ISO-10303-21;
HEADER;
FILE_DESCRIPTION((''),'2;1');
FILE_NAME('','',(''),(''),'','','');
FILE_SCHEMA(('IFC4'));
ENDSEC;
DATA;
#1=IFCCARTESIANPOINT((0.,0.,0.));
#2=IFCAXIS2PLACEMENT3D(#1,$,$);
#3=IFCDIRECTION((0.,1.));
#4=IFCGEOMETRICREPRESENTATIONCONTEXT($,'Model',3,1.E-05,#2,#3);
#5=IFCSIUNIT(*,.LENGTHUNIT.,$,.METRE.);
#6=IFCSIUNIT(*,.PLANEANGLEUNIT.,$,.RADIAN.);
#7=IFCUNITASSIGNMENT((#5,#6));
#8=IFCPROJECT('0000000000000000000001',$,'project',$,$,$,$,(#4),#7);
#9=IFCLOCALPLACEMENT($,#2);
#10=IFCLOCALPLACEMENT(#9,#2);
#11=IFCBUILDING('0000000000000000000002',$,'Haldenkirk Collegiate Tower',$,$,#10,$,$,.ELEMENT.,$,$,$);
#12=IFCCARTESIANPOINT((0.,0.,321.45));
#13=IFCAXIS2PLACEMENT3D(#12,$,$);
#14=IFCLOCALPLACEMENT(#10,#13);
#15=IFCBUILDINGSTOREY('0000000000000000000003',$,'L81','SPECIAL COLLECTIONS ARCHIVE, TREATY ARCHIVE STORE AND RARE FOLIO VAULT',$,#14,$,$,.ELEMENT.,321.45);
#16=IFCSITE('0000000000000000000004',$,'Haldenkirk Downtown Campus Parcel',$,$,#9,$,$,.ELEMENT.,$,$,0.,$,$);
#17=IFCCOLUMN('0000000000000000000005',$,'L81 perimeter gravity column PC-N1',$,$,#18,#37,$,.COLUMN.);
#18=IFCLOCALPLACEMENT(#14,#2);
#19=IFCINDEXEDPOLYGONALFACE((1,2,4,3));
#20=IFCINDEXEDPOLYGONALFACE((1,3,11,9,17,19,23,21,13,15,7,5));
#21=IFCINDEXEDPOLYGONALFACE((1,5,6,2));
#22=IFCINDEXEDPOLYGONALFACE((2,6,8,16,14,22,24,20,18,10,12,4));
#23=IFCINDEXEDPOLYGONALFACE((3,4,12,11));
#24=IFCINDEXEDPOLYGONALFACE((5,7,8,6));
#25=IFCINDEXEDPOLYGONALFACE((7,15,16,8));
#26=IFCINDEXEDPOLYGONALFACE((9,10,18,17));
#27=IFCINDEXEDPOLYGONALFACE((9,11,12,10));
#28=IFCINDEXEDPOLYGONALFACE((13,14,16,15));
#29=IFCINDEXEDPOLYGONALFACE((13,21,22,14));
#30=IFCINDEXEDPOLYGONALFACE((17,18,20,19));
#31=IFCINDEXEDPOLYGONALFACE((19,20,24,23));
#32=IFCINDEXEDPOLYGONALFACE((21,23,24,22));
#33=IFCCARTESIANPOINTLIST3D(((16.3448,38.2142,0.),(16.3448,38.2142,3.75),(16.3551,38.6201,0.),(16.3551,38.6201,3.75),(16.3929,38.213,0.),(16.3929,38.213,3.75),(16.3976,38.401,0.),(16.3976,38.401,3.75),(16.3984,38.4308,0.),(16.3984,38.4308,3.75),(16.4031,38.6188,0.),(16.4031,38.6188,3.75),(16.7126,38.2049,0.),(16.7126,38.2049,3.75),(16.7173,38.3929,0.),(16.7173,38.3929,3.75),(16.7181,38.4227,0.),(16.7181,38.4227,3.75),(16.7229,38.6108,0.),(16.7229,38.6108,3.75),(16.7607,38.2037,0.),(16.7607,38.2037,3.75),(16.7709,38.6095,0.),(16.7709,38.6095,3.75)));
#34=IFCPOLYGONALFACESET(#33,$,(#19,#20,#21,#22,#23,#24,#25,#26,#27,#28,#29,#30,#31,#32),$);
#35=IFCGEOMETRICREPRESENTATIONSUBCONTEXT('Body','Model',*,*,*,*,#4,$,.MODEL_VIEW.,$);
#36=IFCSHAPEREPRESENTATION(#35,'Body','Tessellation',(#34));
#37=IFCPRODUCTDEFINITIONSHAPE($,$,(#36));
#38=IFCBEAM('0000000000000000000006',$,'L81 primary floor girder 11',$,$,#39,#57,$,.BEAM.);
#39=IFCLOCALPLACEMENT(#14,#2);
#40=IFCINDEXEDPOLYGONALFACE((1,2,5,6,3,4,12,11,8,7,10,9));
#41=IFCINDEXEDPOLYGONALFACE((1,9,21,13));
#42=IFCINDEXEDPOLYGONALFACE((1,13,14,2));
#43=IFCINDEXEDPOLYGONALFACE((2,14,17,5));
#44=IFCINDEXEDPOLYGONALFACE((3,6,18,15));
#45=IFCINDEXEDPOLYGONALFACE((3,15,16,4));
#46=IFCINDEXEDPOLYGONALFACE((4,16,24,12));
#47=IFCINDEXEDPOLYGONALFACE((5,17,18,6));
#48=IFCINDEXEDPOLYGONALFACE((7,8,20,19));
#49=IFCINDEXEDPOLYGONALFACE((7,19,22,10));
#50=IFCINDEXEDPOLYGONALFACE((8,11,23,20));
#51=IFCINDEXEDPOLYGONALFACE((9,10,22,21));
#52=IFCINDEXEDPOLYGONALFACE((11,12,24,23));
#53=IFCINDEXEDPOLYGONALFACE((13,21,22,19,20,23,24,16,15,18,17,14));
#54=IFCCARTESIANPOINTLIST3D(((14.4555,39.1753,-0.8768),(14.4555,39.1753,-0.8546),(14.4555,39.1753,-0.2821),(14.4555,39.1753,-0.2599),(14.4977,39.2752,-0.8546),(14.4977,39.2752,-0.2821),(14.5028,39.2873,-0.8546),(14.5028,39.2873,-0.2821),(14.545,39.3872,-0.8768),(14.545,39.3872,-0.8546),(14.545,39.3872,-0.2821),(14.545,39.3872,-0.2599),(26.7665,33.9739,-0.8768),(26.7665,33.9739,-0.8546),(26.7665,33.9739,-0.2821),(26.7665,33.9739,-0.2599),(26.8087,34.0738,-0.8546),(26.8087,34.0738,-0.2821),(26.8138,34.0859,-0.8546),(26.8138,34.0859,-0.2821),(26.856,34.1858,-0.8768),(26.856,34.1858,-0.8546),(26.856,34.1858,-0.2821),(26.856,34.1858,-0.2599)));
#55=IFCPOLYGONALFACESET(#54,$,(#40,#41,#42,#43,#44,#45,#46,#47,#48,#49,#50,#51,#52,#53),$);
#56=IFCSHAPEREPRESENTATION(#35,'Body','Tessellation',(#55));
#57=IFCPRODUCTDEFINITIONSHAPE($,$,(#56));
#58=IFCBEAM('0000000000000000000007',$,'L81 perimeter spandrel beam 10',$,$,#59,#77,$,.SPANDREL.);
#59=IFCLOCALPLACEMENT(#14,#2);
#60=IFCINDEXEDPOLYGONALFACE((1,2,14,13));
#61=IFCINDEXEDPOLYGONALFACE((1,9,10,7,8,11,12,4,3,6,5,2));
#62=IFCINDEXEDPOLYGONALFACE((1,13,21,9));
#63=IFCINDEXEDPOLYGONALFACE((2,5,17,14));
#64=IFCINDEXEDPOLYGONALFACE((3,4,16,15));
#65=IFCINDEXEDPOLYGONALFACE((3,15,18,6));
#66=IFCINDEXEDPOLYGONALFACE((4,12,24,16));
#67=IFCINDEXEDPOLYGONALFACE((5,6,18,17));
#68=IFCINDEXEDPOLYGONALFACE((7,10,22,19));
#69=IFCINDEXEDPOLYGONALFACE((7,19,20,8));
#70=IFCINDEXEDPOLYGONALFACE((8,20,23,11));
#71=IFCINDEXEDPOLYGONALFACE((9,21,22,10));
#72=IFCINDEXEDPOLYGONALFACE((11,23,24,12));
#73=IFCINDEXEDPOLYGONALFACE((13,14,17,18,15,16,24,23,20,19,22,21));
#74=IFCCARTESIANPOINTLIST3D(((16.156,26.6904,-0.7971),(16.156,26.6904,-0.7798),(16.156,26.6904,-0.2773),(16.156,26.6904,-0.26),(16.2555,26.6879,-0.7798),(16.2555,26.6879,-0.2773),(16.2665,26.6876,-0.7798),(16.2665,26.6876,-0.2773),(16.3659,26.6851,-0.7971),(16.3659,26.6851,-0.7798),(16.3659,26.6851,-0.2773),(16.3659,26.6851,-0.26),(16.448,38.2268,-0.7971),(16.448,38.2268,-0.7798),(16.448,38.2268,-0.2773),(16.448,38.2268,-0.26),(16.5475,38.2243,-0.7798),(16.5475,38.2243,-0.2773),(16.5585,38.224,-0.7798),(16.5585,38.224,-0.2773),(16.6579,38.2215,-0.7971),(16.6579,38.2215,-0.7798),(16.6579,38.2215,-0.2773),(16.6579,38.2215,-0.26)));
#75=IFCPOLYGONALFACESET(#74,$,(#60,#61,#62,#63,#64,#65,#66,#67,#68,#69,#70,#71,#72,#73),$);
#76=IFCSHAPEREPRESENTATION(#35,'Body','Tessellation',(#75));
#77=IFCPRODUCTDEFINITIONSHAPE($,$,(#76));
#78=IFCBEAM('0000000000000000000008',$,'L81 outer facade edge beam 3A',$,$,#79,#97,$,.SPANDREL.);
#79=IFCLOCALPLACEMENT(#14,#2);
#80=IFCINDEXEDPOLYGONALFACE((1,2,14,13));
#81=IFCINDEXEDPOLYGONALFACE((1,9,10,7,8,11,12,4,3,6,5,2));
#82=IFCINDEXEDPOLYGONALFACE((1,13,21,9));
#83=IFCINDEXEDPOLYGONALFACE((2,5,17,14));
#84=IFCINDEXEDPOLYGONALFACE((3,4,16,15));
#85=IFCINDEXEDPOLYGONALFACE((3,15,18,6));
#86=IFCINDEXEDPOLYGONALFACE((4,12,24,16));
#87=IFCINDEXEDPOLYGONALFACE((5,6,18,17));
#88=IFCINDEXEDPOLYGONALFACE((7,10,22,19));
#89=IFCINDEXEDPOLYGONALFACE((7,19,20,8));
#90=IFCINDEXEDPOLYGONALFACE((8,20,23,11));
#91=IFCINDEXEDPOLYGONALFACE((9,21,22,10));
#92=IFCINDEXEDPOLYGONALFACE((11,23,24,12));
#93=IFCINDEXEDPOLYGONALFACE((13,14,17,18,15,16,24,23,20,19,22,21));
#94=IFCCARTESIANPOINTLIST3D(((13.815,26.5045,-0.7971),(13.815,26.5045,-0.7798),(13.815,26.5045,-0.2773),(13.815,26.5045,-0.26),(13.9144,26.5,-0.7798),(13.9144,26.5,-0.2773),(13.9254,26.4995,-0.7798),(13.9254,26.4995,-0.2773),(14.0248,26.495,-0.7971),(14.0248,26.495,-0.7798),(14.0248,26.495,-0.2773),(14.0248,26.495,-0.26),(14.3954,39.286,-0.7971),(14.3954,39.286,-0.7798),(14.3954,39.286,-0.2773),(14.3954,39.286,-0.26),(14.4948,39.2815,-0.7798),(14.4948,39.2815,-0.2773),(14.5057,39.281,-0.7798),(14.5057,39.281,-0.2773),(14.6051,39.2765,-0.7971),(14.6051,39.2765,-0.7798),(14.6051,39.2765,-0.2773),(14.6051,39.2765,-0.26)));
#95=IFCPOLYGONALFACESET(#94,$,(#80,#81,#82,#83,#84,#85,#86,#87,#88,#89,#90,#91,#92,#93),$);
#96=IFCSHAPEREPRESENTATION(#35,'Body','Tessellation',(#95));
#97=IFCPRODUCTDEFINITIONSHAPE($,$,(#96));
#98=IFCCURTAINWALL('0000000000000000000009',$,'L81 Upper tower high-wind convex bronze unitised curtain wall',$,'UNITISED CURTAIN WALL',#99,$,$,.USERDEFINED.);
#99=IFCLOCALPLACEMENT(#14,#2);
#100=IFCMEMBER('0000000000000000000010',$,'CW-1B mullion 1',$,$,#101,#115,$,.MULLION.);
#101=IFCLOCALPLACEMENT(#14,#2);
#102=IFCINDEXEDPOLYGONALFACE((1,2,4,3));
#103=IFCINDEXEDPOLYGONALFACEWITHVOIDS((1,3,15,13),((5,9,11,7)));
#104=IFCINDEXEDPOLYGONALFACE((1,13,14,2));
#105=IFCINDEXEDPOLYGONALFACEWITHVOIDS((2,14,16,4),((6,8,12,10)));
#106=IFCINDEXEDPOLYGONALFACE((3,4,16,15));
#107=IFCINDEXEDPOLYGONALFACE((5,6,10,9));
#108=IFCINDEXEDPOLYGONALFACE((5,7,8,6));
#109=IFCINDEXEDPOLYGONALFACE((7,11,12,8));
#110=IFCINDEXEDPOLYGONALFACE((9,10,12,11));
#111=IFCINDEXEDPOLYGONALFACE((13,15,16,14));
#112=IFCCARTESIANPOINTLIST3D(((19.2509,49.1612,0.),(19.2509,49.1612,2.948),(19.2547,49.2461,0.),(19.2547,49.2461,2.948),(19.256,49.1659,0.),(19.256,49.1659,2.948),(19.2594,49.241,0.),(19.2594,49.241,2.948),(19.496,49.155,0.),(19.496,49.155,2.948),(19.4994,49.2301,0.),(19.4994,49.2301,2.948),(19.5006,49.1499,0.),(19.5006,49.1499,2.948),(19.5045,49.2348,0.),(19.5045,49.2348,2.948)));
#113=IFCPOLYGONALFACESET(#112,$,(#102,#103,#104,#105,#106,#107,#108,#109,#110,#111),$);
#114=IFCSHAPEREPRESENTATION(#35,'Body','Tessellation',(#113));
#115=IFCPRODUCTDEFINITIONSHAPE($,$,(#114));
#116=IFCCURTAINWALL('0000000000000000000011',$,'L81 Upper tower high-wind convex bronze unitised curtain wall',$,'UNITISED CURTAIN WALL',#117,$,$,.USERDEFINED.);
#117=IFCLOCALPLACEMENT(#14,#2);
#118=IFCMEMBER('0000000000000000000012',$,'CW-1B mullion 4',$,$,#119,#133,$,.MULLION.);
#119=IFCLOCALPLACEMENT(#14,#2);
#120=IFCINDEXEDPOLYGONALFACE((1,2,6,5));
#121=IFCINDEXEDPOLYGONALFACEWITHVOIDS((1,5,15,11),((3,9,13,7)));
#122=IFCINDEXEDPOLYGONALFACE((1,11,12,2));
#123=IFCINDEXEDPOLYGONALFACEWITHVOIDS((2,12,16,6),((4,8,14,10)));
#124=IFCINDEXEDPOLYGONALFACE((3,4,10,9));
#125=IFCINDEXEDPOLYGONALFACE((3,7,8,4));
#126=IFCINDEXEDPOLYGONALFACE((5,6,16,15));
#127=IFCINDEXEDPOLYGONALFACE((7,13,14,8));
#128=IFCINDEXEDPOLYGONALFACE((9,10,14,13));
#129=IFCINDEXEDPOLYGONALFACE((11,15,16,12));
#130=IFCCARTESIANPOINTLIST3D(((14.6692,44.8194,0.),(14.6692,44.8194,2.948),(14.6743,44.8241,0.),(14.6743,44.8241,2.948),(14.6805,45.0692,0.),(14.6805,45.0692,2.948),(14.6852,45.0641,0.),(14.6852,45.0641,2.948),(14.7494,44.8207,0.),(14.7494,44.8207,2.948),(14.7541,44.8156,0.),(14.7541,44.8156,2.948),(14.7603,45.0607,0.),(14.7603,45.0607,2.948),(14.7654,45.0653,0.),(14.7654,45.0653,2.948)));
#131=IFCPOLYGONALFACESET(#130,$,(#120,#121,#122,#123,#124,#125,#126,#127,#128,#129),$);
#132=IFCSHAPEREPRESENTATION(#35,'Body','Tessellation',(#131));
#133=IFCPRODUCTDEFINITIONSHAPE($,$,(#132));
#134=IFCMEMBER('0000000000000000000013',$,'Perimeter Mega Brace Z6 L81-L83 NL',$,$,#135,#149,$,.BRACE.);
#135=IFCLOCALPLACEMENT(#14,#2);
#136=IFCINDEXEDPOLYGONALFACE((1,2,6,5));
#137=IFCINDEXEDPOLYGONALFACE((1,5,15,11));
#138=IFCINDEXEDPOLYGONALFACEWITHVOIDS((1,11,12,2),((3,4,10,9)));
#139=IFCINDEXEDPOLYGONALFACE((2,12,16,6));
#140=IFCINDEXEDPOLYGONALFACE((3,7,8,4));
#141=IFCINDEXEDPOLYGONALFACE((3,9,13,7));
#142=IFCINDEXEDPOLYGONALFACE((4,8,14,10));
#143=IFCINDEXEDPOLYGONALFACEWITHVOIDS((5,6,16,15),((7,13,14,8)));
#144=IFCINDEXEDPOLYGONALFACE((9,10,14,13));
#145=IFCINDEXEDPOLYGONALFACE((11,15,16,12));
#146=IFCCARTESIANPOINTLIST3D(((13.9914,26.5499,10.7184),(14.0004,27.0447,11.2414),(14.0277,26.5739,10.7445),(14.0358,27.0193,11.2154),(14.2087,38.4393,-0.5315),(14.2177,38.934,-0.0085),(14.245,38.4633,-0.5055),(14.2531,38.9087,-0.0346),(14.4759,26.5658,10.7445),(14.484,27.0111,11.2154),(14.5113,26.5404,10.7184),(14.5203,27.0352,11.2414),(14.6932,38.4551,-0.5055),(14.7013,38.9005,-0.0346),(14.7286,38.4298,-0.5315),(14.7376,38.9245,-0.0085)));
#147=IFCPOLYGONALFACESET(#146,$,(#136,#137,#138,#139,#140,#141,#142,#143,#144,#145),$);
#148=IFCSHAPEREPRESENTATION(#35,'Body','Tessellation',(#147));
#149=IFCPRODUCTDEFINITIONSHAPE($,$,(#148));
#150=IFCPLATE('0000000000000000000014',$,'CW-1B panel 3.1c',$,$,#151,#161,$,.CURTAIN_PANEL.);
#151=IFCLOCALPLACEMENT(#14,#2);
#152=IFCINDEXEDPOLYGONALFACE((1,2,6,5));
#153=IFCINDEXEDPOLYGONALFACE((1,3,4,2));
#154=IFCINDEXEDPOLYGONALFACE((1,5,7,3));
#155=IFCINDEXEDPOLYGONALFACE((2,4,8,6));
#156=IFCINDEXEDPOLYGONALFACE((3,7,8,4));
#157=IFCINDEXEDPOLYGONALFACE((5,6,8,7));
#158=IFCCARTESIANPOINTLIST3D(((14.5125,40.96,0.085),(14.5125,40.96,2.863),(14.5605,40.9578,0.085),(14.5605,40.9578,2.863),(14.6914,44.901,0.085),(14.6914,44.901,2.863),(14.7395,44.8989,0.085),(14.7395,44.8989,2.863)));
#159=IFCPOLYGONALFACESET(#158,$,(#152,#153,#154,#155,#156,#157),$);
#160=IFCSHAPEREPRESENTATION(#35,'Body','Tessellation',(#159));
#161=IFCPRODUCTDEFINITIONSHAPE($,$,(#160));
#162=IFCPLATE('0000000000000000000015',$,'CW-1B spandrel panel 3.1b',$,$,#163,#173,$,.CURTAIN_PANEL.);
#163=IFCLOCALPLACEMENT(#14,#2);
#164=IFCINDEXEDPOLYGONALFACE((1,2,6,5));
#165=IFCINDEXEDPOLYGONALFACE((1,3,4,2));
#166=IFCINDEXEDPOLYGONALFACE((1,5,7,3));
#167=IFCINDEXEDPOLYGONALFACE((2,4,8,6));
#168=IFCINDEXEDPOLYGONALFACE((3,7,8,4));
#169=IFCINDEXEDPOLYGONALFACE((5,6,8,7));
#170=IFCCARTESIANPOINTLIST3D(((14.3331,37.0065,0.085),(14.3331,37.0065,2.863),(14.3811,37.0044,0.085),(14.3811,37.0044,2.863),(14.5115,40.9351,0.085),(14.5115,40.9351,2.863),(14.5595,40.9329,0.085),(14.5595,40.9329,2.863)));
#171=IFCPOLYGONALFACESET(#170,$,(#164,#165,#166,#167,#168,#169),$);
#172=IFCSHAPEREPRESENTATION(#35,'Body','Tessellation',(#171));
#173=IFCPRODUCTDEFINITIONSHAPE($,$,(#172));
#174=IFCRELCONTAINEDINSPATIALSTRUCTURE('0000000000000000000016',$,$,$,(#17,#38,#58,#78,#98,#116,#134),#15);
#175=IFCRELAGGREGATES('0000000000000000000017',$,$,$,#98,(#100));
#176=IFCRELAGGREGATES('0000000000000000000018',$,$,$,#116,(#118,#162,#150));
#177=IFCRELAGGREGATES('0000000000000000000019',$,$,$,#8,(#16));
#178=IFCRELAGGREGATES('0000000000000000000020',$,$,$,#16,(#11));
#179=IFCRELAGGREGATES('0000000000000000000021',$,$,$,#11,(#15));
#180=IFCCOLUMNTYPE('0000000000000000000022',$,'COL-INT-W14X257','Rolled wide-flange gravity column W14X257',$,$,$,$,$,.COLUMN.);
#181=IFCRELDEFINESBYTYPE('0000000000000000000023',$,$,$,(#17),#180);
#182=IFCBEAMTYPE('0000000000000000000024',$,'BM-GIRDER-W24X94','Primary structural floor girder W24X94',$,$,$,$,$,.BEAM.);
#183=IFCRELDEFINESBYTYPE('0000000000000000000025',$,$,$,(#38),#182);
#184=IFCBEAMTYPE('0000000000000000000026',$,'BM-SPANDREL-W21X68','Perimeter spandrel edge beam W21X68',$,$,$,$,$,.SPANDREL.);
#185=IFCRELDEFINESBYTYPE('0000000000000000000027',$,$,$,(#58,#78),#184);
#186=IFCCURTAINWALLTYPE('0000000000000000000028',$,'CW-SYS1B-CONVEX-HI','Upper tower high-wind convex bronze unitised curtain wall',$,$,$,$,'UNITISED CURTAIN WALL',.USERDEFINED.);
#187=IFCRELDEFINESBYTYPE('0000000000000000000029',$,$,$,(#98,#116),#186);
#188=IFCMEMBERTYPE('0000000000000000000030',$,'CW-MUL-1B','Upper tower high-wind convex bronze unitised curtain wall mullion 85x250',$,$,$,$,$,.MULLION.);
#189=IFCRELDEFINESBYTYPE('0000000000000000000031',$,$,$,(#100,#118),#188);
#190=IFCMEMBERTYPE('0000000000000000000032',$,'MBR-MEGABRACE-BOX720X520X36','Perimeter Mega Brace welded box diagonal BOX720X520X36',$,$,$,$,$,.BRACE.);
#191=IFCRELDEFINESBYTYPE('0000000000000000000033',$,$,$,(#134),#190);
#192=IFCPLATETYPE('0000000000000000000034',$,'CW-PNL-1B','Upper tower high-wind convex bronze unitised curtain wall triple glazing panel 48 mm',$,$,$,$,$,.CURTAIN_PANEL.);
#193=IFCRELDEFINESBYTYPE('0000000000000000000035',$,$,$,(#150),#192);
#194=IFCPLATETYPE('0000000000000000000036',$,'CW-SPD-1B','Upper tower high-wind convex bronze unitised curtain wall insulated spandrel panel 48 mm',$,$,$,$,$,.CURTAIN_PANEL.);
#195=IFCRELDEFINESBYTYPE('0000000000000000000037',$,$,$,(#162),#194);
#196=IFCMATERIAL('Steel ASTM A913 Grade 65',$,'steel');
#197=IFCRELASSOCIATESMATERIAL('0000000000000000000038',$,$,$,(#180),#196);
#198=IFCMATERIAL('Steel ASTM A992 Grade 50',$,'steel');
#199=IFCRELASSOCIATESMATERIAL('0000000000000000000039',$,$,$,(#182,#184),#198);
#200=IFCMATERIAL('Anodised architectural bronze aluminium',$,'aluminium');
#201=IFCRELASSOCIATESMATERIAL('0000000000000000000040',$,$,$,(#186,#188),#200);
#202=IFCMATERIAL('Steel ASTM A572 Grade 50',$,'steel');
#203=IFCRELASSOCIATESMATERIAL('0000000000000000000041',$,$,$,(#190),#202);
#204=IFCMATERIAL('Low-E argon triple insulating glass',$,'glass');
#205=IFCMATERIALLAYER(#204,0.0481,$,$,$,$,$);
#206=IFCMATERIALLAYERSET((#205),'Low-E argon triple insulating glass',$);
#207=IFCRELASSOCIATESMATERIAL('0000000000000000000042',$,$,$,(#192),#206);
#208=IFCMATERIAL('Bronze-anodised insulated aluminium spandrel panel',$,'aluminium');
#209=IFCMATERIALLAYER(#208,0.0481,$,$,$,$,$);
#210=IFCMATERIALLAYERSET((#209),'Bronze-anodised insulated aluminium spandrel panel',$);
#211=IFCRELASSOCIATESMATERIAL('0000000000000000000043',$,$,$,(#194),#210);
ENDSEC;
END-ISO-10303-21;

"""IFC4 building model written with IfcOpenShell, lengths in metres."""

from ifc_helpers import new_model, si_unit, direction, frame, origin, origin_2d, place, context, subcontext, project, spatial, rectangle, hollow_rectangle, i_section, extrude, source, transform, mapped, material, layer, layer_set, material_profile, profile_set, type_object, element, aggregate, save


model = new_model("IFC4")

# Units and contexts
model_context = context("Model", 3, precision=1e-05, world=origin(), true_north=direction((0.0, 1.0)))
body_context = subcontext(model_context, "Body", "Model", "MODEL_VIEW")
ifc_project = project(units=[si_unit("LENGTHUNIT", "METRE"), si_unit("PLANEANGLEUNIT", "RADIAN")], contexts=[model_context])

# Site, building, storey
site_placement = place(None, origin())
site = spatial("IfcSite", under=ifc_project, at=site_placement, Name="Haldenkirk Downtown Campus Parcel", CompositionType="ELEMENT", RefElevation=0.0)
building_placement = place(site_placement, origin())
building = spatial("IfcBuilding", under=site, at=building_placement, Name="Haldenkirk Collegiate Tower", CompositionType="ELEMENT")
storey_placement = place(building_placement, frame((0.0, 0.0, 321.45)))
storey = spatial("IfcBuildingStorey", under=building, at=storey_placement, Name="L81", Description="SPECIAL COLLECTIONS ARCHIVE, TREATY ARCHIVE STORE AND RARE FOLIO VAULT", CompositionType="ELEMENT", Elevation=321.45)

# Column
ifc_material_1 = material(Name="Steel ASTM A913 Grade 65", Category="steel")
ifc_material_profile_1 = material_profile(ifc_material_1, i_section(OverallWidth=0.406, OverallDepth=0.416, WebThickness=0.0298, FlangeThickness=0.0481, at=origin_2d()), Name="W14X257")
ifc_profile_set_1 = profile_set([ifc_material_profile_1], Name="Steel ASTM A913 Grade 65")
column_type = type_object("IfcColumnType", Name="COL-INT-W14X257", Description="Rolled wide-flange gravity column W14X257", PredefinedType="COLUMN", material=ifc_profile_set_1)
column_placement = place(storey_placement, frame((16.5579, 38.4119, 0.0), z_axis=(0.0, 0.0, 1.0), x_axis=(0.025305, 0.99968, 0.0)))
element("IfcColumn", 1, at=column_placement, inside=storey, type_object=column_type, Name="L81 perimeter gravity column PC-N1", PredefinedType="COLUMN", context=body_context, shape_type="SweptSolid", body=[
    extrude(i_section(OverallWidth=0.406, OverallDepth=0.416, WebThickness=0.0298, FlangeThickness=0.0481, at=origin_2d()), origin(), (0.0, 0.0, 1.0), 3.75),
])

# Beams
ifc_material_2 = material(Name="Steel ASTM A992 Grade 50", Category="steel")
ifc_material_profile_2 = material_profile(ifc_material_2, i_section(OverallWidth=0.23, OverallDepth=0.6169, WebThickness=0.0132, FlangeThickness=0.0222, at=origin_2d()), Name="W24X94")
ifc_profile_set_2 = profile_set([ifc_material_profile_2], Name="Steel ASTM A992 Grade 50")
beam_type_1 = type_object("IfcBeamType", Name="BM-GIRDER-W24X94", Description="Primary structural floor girder W24X94", PredefinedType="BEAM", material=ifc_profile_set_2)
beam_1_placement = place(storey_placement, frame((14.5002, 39.2812, -0.5684), z_axis=(0.921158, -0.389189, 0.0), x_axis=(0.389189, 0.921158, 0.0)))
element("IfcBeam", 2, at=beam_1_placement, inside=storey, type_object=beam_type_1, Name="L81 primary floor girder 11", PredefinedType="BEAM", context=body_context, shape_type="SweptSolid", body=[
    extrude(i_section(OverallWidth=0.23, OverallDepth=0.6169, WebThickness=0.0132, FlangeThickness=0.0222, at=origin_2d()), origin(), (0.0, 0.0, 1.0), 13.3647),
])
ifc_material_profile_3 = material_profile(ifc_material_2, i_section(OverallWidth=0.21, OverallDepth=0.5371, WebThickness=0.011, FlangeThickness=0.0173, at=origin_2d()), Name="W21X68")
ifc_profile_set_3 = profile_set([ifc_material_profile_3], Name="Steel ASTM A992 Grade 50")
beam_type_2 = type_object("IfcBeamType", Name="BM-SPANDREL-W21X68", Description="Perimeter spandrel edge beam W21X68", PredefinedType="SPANDREL", material=ifc_profile_set_3)
beam_2_placement = place(storey_placement, frame((16.553, 38.2241, -0.5286), z_axis=(-0.025302, -0.99968, 0.0), x_axis=(0.99968, -0.025302, 0.0)))
element("IfcBeam", 3, at=beam_2_placement, inside=storey, type_object=beam_type_2, Name="L81 perimeter spandrel beam 10", PredefinedType="SPANDREL", context=body_context, shape_type="SweptSolid", body=[
    extrude(i_section(OverallWidth=0.21, OverallDepth=0.5371, WebThickness=0.011, FlangeThickness=0.0173, at=origin_2d()), origin(), (0.0, 0.0, 1.0), 11.54),
])
beam_3_placement = place(storey_placement, frame((14.5002, 39.2812, -0.5286), z_axis=(-0.045357, -0.998971, 0.0), x_axis=(0.998971, -0.045357, 0.0)))
element("IfcBeam", 4, at=beam_3_placement, inside=storey, type_object=beam_type_2, Name="L81 outer facade edge beam 3A", PredefinedType="SPANDREL", context=body_context, shape_type="SweptSolid", body=[
    extrude(i_section(OverallWidth=0.21, OverallDepth=0.5371, WebThickness=0.011, FlangeThickness=0.0173, at=origin_2d()), origin(), (0.0, 0.0, 1.0), 12.7947),
])

# Curtain walls, members
ifc_material_3 = material(Name="Anodised architectural bronze aluminium", Category="aluminium")
curtain_wall_type = type_object("IfcCurtainWallType", Name="CW-SYS1B-CONVEX-HI", Description="Upper tower high-wind convex bronze unitised curtain wall", ElementType="UNITISED CURTAIN WALL", PredefinedType="USERDEFINED", material=ifc_material_3)
curtain_wall_1_placement = place(storey_placement, origin())
curtain_wall_1 = element("IfcCurtainWall", 5, at=curtain_wall_1_placement, inside=storey, type_object=curtain_wall_type, Name="L81 Upper tower high-wind convex bronze unitised curtain wall", ObjectType="UNITISED CURTAIN WALL", PredefinedType="USERDEFINED")
ifc_material_profile_4 = material_profile(ifc_material_3, hollow_rectangle(XDim=0.085, YDim=0.25, WallThickness=0.0049, at=origin_2d()), Name="CW-MUL-1B")
ifc_profile_set_4 = profile_set([ifc_material_profile_4], Name="Anodised architectural bronze aluminium")
member_type_1 = type_object("IfcMemberType", Name="CW-MUL-1B", Description="Upper tower high-wind convex bronze unitised curtain wall mullion 85x250", PredefinedType="MULLION", material=ifc_profile_set_4)
member_1_placement = place(storey_placement, frame((19.3777, 49.198, 0.0), z_axis=(0.0, 0.0, 1.0), x_axis=(0.045364, 0.998971, 0.0)))
member_1 = element("IfcMember", 6, at=member_1_placement, type_object=member_type_1, Name="CW-1B mullion 1", PredefinedType="MULLION", context=body_context, shape_type="SweptSolid", body=[
    extrude(hollow_rectangle(XDim=0.085, YDim=0.25, WallThickness=0.0049, at=origin_2d()), origin(), (0.0, 0.0, 1.0), 2.948),
])
aggregate(curtain_wall_1, [member_1])
curtain_wall_2_placement = place(storey_placement, origin())
curtain_wall_2 = element("IfcCurtainWall", 7, at=curtain_wall_2_placement, inside=storey, type_object=curtain_wall_type, Name="L81 Upper tower high-wind convex bronze unitised curtain wall", ObjectType="UNITISED CURTAIN WALL", PredefinedType="USERDEFINED")
member_2_placement = place(storey_placement, frame((14.7173, 44.9424, 0.0), z_axis=(0.0, 0.0, 1.0), x_axis=(-0.998971, 0.045364, 0.0)))
member_2 = element("IfcMember", 8, at=member_2_placement, type_object=member_type_1, Name="CW-1B mullion 4", PredefinedType="MULLION", context=body_context, shape_type="SweptSolid", body=[
    extrude(hollow_rectangle(XDim=0.085, YDim=0.25, WallThickness=0.0049, at=origin_2d()), origin(), (0.0, 0.0, 1.0), 2.948),
])

# Member
ifc_material_4 = material(Name="Steel ASTM A572 Grade 50", Category="steel")
ifc_material_profile_5 = material_profile(ifc_material_4, hollow_rectangle(XDim=0.52, YDim=0.72, WallThickness=0.0359, at=origin_2d()), Name="BOX720X520X36")
ifc_profile_set_5 = profile_set([ifc_material_profile_5], Name="Steel ASTM A572 Grade 50")
member_type_2 = type_object("IfcMemberType", Name="MBR-MEGABRACE-BOX720X520X36", Description="Perimeter Mega Brace welded box diagonal BOX720X520X36", PredefinedType="BRACE", material=ifc_profile_set_5)
member_3_placement = place(storey_placement, frame((14.4731, 38.6819, -0.27), z_axis=(-0.013274, -0.726305, 0.687245), x_axis=(0.999833, -0.018272, 0.0)))
element("IfcMember", 9, at=member_3_placement, inside=storey, type_object=member_type_2, Name="Perimeter Mega Brace Z6 L81-L83 NL", PredefinedType="BRACE", context=body_context, shape_type="SweptSolid", body=[
    extrude(hollow_rectangle(XDim=0.52, YDim=0.72, WallThickness=0.0359, at=origin_2d()), origin(), (0.0, 0.0, 1.0), 16.3696),
])

# Plates
ifc_material_5 = material(Name="Low-E argon triple insulating glass", Category="glass")
ifc_layer_1 = layer(ifc_material_5, 0.0481)
ifc_layer_set_1 = layer_set([ifc_layer_1], Name="Low-E argon triple insulating glass")
plate_type_1 = type_object("IfcPlateType", Name="CW-PNL-1B", Description="Upper tower high-wind convex bronze unitised curtain wall triple glazing panel 48 mm", PredefinedType="CURTAIN_PANEL", material=ifc_layer_set_1)
shared_shape_1 = source(origin(), body_context, "Body", "SweptSolid", [
    extrude(rectangle(XDim=3.9451, YDim=0.0481, at=origin_2d()), origin(), (0.0, 0.0, 1.0), 2.7781),
])
plate_1_placement = place(storey_placement, frame((14.626, 42.9294, 0.085), z_axis=(0.0, 0.0, 1.0), x_axis=(0.045364, 0.998971, 0.0)))
plate_1 = element("IfcPlate", 10, at=plate_1_placement, type_object=plate_type_1, Name="CW-1B panel 3.1c", PredefinedType="CURTAIN_PANEL", context=body_context, shape_type="MappedRepresentation", body=[
    mapped(shared_shape_1, transform((0.0, 0.0, 0.0), x_axis=(1.0, 0.0, 0.0), y_axis=(0.0, 1.0, 0.0), z_axis=(0.0, 0.0, 1.0), scale=1.0)),
])
ifc_material_6 = material(Name="Bronze-anodised insulated aluminium spandrel panel", Category="aluminium")
ifc_layer_2 = layer(ifc_material_6, 0.0481)
ifc_layer_set_2 = layer_set([ifc_layer_2], Name="Bronze-anodised insulated aluminium spandrel panel")
plate_type_2 = type_object("IfcPlateType", Name="CW-SPD-1B", Description="Upper tower high-wind convex bronze unitised curtain wall insulated spandrel panel 48 mm", PredefinedType="CURTAIN_PANEL", material=ifc_layer_set_2)
shared_shape_2 = source(origin(), body_context, "Body", "SweptSolid", [
    extrude(rectangle(XDim=3.9326, YDim=0.0481, at=origin_2d()), origin(), (0.0, 0.0, 1.0), 2.7781),
])
plate_2_placement = place(storey_placement, frame((14.4463, 38.9697, 0.085), z_axis=(0.0, 0.0, 1.0), x_axis=(0.045364, 0.998971, 0.0)))
plate_2 = element("IfcPlate", 11, at=plate_2_placement, type_object=plate_type_2, Name="CW-1B spandrel panel 3.1b", PredefinedType="CURTAIN_PANEL", context=body_context, shape_type="MappedRepresentation", body=[
    mapped(shared_shape_2, transform((0.0, 0.0, 0.0), x_axis=(1.0, 0.0, 0.0), y_axis=(0.0, 1.0, 0.0), z_axis=(0.0, 0.0, 1.0), scale=1.0)),
])
aggregate(curtain_wall_2, [member_2, plate_2, plate_1])

save(model, "model.ifc")
